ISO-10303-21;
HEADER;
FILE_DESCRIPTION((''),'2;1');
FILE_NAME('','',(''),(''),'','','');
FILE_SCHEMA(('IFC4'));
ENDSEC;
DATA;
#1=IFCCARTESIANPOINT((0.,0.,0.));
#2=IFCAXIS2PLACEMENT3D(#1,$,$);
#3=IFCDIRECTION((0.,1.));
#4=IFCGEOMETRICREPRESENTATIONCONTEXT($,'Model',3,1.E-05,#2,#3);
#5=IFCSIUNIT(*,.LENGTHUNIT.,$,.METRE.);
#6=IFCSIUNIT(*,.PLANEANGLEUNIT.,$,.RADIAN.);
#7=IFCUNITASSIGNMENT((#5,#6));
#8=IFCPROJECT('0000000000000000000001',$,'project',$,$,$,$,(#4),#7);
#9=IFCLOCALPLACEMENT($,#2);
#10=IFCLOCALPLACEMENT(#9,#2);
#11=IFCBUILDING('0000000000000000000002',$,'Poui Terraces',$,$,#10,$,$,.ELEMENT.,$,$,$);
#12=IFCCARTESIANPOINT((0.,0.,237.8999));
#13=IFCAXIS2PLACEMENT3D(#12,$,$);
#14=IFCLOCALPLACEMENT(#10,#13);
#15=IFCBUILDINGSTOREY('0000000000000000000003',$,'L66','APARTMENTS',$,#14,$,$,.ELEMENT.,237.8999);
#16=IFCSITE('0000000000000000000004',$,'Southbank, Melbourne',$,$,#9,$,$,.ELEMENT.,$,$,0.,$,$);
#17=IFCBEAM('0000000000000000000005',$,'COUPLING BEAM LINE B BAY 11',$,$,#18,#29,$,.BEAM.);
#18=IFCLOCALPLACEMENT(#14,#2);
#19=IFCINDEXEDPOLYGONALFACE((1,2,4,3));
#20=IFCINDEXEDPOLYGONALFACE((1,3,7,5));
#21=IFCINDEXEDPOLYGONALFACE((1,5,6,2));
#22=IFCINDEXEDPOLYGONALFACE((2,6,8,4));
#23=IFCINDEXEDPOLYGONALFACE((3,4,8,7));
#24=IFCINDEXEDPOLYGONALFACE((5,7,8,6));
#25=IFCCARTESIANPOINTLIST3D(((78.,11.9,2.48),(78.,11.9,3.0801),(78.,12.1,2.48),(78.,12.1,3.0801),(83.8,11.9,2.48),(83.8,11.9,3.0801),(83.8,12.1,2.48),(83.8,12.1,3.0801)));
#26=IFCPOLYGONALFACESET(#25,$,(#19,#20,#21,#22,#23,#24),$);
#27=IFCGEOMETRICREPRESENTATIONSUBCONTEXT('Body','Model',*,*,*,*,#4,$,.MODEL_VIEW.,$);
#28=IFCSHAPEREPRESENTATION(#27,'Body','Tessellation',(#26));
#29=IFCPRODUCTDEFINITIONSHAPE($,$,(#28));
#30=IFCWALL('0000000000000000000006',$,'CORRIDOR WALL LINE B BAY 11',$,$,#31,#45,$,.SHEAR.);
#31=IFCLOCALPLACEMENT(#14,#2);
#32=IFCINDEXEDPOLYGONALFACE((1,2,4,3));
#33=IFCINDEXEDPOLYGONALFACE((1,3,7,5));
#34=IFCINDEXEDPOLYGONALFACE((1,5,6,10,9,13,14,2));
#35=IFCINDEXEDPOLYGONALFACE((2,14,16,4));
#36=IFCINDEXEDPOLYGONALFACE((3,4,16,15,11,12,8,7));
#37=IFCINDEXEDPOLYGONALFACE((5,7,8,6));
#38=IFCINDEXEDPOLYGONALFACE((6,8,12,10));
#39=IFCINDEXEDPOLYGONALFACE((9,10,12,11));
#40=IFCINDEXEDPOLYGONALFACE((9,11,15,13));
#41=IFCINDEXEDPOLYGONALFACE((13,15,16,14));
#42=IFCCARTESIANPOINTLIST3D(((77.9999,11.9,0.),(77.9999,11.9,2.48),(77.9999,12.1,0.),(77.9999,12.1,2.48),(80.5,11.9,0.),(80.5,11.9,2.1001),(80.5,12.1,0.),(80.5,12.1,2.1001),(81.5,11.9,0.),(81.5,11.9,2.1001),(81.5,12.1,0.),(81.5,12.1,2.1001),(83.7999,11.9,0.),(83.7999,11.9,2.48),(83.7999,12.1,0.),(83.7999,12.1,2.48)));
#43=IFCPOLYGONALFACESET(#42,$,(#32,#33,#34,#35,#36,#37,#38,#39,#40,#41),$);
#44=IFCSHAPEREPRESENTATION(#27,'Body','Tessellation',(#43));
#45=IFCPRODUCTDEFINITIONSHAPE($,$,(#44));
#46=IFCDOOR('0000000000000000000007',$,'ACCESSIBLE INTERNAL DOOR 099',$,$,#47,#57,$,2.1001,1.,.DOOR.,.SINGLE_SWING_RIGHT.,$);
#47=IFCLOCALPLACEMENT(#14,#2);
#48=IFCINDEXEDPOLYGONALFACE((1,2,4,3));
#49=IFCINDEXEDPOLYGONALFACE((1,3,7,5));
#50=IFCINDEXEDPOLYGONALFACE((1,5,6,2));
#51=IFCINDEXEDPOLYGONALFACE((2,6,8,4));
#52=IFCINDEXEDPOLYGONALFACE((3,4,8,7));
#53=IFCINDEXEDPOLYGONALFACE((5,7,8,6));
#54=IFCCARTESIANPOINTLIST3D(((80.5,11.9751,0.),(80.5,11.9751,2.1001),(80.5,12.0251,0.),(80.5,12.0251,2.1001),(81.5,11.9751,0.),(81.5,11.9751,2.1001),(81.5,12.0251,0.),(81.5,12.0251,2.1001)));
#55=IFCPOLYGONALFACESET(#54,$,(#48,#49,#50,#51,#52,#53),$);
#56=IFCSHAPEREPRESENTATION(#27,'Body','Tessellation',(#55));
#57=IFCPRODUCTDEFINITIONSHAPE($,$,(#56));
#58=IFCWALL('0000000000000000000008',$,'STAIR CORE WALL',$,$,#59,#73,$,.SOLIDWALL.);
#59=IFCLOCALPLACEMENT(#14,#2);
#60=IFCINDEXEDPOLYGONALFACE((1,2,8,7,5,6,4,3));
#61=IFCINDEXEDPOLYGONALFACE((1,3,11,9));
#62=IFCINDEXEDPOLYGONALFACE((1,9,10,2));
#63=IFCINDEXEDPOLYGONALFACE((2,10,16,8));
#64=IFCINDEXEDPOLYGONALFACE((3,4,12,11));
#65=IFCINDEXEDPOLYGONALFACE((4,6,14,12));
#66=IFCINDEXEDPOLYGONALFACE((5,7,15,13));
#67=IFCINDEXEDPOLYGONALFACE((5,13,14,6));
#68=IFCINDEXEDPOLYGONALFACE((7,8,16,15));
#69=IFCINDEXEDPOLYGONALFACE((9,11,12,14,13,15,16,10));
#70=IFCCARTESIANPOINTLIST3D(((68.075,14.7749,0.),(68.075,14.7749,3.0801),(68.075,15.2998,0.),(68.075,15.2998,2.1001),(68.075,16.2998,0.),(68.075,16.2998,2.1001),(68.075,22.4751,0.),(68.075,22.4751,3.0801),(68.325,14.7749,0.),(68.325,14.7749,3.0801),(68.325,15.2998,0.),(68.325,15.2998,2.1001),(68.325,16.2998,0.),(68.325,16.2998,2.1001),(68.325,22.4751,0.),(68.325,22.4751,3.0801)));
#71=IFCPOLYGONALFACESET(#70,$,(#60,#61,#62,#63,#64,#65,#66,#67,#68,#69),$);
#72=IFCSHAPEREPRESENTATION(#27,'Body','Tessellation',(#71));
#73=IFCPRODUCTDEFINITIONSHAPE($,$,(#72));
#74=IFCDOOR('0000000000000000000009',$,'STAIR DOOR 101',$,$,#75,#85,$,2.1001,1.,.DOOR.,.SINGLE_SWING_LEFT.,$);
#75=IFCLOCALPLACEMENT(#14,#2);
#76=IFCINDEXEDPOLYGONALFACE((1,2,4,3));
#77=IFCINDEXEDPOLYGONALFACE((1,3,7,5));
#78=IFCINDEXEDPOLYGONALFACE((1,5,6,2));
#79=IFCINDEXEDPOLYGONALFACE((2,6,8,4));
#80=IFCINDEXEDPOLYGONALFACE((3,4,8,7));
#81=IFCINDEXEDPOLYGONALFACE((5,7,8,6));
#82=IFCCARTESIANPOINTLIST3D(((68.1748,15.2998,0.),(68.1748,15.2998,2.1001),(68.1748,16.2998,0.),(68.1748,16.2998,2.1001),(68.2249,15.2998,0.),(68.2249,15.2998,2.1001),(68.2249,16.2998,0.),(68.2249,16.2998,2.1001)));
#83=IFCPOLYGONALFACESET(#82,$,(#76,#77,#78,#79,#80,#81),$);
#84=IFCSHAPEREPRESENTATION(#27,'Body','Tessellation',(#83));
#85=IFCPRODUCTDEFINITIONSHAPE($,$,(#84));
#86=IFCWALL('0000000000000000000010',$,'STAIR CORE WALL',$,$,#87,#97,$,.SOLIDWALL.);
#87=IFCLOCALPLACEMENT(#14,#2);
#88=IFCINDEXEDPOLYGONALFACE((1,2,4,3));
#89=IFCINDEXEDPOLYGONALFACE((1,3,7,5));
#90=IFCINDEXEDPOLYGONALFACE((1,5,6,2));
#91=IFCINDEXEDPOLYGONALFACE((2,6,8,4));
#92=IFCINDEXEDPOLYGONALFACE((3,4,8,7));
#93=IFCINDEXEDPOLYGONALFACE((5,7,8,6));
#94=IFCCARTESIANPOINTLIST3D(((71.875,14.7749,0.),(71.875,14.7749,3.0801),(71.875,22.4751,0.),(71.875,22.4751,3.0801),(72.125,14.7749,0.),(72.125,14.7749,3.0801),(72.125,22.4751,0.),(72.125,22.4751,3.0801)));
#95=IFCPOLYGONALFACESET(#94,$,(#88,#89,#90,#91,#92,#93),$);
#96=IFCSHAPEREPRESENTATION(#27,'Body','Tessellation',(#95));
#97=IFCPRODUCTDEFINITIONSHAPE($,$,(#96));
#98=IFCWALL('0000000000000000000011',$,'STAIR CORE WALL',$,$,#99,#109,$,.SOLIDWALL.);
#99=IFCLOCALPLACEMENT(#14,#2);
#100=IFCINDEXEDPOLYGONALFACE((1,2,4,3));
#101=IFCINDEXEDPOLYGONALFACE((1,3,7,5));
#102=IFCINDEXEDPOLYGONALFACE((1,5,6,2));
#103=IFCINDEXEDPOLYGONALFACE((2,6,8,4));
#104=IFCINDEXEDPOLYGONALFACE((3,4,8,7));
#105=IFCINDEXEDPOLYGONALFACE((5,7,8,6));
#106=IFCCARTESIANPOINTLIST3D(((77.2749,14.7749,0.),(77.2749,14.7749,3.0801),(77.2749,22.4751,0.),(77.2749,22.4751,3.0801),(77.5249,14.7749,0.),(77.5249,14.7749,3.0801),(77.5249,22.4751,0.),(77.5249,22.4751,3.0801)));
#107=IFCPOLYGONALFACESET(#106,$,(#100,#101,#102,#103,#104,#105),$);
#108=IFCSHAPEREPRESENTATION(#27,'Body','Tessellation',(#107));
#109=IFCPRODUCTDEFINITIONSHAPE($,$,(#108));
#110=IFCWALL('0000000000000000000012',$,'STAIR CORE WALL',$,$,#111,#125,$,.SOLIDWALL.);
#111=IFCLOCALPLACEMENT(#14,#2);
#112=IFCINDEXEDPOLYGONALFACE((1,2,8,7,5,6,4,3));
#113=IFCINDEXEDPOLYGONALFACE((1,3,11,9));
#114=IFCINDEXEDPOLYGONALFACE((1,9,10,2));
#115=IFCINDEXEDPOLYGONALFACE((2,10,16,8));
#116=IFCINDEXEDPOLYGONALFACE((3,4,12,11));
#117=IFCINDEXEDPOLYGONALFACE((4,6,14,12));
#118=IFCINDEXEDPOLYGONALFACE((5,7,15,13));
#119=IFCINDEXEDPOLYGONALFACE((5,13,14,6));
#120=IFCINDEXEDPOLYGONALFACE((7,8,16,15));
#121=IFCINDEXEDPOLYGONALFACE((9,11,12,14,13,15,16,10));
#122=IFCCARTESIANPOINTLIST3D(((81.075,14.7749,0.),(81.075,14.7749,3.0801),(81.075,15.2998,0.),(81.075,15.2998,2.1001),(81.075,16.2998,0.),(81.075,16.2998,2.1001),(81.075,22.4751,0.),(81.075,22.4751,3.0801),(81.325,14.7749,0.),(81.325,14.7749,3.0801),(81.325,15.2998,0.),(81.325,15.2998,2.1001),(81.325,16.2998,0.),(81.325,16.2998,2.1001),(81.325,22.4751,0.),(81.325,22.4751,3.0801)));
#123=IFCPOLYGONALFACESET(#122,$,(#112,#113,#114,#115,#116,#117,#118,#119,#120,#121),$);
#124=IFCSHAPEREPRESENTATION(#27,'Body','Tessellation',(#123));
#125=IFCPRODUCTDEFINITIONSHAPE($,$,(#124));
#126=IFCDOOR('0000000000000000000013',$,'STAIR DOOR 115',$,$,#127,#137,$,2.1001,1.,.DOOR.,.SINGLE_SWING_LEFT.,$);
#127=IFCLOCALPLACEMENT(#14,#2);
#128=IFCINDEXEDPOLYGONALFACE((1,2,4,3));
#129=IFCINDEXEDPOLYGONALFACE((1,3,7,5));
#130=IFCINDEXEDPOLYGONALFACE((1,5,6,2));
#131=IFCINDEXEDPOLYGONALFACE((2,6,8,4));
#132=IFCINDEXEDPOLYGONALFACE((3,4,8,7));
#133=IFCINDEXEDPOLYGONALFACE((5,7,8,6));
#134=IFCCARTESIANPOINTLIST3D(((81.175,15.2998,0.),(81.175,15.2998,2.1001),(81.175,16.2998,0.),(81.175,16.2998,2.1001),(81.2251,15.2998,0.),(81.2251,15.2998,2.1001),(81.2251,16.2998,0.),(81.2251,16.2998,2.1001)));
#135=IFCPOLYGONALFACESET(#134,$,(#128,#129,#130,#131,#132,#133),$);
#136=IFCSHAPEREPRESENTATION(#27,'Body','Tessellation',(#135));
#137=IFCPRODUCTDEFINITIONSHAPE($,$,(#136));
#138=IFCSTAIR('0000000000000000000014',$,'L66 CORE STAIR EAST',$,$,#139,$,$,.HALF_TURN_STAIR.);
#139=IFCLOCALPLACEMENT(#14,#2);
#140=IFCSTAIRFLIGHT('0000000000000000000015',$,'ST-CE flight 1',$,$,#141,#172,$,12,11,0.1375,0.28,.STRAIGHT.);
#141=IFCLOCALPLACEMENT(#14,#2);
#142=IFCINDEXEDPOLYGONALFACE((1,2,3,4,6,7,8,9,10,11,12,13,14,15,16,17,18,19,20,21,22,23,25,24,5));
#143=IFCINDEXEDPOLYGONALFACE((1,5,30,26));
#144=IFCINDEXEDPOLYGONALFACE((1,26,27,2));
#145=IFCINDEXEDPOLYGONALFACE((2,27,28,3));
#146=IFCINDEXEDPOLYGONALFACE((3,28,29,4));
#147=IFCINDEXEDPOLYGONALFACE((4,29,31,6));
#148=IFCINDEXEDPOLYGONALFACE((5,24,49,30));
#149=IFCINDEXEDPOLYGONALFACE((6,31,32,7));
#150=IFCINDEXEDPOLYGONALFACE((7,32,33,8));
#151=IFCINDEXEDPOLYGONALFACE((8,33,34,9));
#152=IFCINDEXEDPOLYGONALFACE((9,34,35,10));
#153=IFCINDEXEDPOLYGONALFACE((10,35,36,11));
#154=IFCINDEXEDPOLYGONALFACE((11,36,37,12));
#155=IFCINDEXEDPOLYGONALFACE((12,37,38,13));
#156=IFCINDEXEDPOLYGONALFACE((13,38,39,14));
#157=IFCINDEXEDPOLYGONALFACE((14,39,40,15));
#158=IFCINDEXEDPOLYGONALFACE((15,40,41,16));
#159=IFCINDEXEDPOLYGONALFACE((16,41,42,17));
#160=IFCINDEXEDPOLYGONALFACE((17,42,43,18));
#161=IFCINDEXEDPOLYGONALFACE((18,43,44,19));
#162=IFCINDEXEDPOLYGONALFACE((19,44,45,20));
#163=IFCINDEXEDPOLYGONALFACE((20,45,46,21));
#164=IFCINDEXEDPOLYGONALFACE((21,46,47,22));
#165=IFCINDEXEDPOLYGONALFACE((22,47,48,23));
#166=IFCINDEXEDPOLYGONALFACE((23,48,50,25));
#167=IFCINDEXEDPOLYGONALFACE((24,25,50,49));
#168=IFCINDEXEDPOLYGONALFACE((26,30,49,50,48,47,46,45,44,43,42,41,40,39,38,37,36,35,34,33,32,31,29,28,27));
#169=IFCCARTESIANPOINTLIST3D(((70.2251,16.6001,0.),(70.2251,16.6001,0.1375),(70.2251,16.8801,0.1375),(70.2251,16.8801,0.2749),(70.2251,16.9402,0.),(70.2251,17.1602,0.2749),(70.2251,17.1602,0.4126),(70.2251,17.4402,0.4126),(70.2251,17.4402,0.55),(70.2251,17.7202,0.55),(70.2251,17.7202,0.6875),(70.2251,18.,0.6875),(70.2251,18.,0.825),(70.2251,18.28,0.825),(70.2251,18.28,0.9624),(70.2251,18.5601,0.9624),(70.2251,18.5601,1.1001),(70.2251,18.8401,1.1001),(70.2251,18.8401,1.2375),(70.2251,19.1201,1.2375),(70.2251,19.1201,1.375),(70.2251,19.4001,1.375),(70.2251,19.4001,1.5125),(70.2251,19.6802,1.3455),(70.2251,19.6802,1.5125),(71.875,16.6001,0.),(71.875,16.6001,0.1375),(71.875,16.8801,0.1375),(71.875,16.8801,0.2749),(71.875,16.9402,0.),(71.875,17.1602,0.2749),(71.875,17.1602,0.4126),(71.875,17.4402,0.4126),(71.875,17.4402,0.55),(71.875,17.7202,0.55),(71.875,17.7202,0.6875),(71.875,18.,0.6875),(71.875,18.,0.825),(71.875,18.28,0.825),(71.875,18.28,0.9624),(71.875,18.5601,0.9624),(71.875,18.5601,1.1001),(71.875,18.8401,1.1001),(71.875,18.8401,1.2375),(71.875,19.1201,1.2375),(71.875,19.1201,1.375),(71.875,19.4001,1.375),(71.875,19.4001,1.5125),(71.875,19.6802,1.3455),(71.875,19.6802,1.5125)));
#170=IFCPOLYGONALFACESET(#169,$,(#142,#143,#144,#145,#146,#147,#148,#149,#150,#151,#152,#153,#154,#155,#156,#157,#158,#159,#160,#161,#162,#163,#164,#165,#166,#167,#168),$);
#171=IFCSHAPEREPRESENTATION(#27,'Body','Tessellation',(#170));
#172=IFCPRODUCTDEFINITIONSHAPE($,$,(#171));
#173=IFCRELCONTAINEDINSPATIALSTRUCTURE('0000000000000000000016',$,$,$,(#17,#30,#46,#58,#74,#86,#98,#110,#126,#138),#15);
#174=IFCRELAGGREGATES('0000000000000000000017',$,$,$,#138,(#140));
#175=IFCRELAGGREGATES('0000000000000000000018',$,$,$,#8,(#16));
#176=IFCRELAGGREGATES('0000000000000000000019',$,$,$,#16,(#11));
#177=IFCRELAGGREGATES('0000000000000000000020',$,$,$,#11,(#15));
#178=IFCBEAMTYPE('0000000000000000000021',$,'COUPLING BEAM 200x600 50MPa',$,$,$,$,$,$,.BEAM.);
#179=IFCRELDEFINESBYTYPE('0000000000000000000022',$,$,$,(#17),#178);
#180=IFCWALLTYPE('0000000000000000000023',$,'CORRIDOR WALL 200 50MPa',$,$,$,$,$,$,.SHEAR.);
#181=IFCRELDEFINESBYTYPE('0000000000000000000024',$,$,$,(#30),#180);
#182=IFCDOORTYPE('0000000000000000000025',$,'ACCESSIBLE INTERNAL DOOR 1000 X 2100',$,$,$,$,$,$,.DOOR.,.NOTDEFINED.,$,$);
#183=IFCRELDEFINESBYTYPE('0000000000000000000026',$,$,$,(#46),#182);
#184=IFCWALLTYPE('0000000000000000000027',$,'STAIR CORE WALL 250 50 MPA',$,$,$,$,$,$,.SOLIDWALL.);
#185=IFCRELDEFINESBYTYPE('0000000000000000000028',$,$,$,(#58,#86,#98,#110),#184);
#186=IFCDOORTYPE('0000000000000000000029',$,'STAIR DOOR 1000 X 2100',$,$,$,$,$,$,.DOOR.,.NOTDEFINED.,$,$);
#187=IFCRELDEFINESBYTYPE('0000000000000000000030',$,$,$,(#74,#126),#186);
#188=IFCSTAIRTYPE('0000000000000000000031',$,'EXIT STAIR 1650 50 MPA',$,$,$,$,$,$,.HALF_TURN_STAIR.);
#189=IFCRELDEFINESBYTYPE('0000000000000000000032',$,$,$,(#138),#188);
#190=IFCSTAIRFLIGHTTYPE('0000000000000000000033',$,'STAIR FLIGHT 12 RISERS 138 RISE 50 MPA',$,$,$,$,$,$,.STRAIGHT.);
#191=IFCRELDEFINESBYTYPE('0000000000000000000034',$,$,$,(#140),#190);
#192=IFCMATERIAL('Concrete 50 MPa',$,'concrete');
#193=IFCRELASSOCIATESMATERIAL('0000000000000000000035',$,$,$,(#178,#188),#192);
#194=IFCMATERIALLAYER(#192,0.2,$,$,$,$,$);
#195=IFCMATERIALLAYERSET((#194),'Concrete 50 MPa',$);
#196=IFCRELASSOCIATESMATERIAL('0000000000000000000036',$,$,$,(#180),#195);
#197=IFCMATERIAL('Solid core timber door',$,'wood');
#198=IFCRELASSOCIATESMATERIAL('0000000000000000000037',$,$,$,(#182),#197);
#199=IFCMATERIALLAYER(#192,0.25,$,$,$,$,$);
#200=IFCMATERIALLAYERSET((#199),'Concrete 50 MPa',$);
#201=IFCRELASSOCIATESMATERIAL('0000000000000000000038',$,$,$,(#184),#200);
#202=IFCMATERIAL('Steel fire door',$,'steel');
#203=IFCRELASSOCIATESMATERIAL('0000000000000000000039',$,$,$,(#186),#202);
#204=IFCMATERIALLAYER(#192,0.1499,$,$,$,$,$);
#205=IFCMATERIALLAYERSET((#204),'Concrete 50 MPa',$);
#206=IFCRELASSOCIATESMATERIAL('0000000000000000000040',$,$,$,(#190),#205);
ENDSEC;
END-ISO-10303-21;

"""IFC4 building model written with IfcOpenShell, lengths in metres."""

from ifc_helpers import new_model, si_unit, direction, frame, frame_2d, origin, origin_2d, place, context, subcontext, project, spatial, polyline, rectangle, outline, extrude, source, transform, mapped, material, layer, layer_set, material_profile, profile_set, type_object, element, fill, aggregate, save


model = new_model("IFC4")

# Units and contexts
model_context = context("Model", 3, precision=1e-05, world=origin(), true_north=direction((0.0, 1.0)))
body_context = subcontext(model_context, "Body", "Model", "MODEL_VIEW")
ifc_project = project(units=[si_unit("LENGTHUNIT", "METRE"), si_unit("PLANEANGLEUNIT", "RADIAN")], contexts=[model_context])

# Site, building, storey
site_placement = place(None, origin())
site = spatial("IfcSite", under=ifc_project, at=site_placement, Name="Southbank, Melbourne", CompositionType="ELEMENT", RefElevation=0.0)
building_placement = place(site_placement, origin())
building = spatial("IfcBuilding", under=site, at=building_placement, Name="Poui Terraces", CompositionType="ELEMENT")
storey_placement = place(building_placement, frame((0.0, 0.0, 237.8999)))
storey = spatial("IfcBuildingStorey", under=building, at=storey_placement, Name="L66", Description="APARTMENTS", CompositionType="ELEMENT", Elevation=237.8999)

# Beam
ifc_material_1 = material(Name="Concrete 50 MPa", Category="concrete")
ifc_material_profile = material_profile(ifc_material_1, rectangle(XDim=0.2, YDim=0.6001, at=origin_2d()), Name="RC 200x600")
ifc_profile_set = profile_set([ifc_material_profile], Name="Concrete 50 MPa")
beam_type = type_object("IfcBeamType", Name="COUPLING BEAM 200x600 50MPa", PredefinedType="BEAM", material=ifc_profile_set)
shared_shape = source(origin(), body_context, "Body", "SweptSolid", [
    extrude(rectangle(XDim=0.2, YDim=0.6001, at=origin_2d()), origin(), (0.0, 0.0, 1.0), 5.8),
])
beam_placement = place(storey_placement, frame((78.0, 12.0, 2.78), z_axis=(1.0, 0.0, 0.0), x_axis=(0.0, 1.0, 0.0)))
element("IfcBeam", 1, at=beam_placement, inside=storey, type_object=beam_type, Name="COUPLING BEAM LINE B BAY 11", PredefinedType="BEAM", context=body_context, shape_type="MappedRepresentation", body=[
    mapped(shared_shape, transform((0.0, 0.0, 0.0))),
])

# Walls, openings, doors
ifc_layer_1 = layer(ifc_material_1, 0.2)
ifc_layer_set_1 = layer_set([ifc_layer_1], Name="Concrete 50 MPa")
wall_type_1 = type_object("IfcWallType", Name="CORRIDOR WALL 200 50MPa", PredefinedType="SHEAR", material=ifc_layer_set_1)
wall_1_placement = place(storey_placement, frame((78.0, 12.0, 0.0), z_axis=(0.0, 0.0, 1.0), x_axis=(1.0, 0.0, 0.0)))
wall_1 = element("IfcWall", 2, at=wall_1_placement, inside=storey, type_object=wall_type_1, Name="CORRIDOR WALL LINE B BAY 11", PredefinedType="SHEAR", context=body_context, shape_type="SweptSolid", body=[
    extrude(rectangle(XDim=5.8, YDim=0.2, at=frame_2d((2.8999, 0.0))), origin(), (0.0, 0.0, 1.0), 2.48),
])
opening_1_placement = place(wall_1_placement, frame((2.5, 0.0, 0.0)))
opening_1 = element("IfcOpeningElement", 3, at=opening_1_placement, cuts=wall_1, PredefinedType="OPENING", context=body_context, shape_type="SweptSolid", body=[
    extrude(rectangle(XDim=1.0, YDim=2.1001, at=frame_2d((0.5, 1.05))), frame((0.0, 0.1099, 0.0), z_axis=(0.0, -1.0, 0.0), x_axis=(1.0, 0.0, 0.0)), (0.0, 0.0, 1.0), 0.22),
])
ifc_material_2 = material(Name="Solid core timber door", Category="wood")
door_type_1 = type_object("IfcDoorType", Name="ACCESSIBLE INTERNAL DOOR 1000 X 2100", OperationType="NOTDEFINED", PredefinedType="DOOR", material=ifc_material_2)
door_1_placement = place(opening_1_placement, frame((1.0, 0.0, 0.0), z_axis=(0.0, 0.0, 1.0), x_axis=(-1.0, 0.0, 0.0)))
door_1 = element("IfcDoor", 4, at=door_1_placement, inside=storey, type_object=door_type_1, Name="ACCESSIBLE INTERNAL DOOR 099", OperationType="SINGLE_SWING_RIGHT", OverallHeight=2.1001, OverallWidth=1.0, PredefinedType="DOOR", context=body_context, shape_type="SweptSolid", body=[
    extrude(rectangle(XDim=1.0, YDim=2.1001, at=frame_2d((0.5, 1.05))), frame((0.0, 0.0249, 0.0), z_axis=(0.0, -1.0, 0.0), x_axis=(1.0, 0.0, 0.0)), (0.0, 0.0, 1.0), 0.05),
])
fill(opening_1, door_1)
ifc_layer_2 = layer(ifc_material_1, 0.25)
ifc_layer_set_2 = layer_set([ifc_layer_2], Name="Concrete 50 MPa")
wall_type_2 = type_object("IfcWallType", Name="STAIR CORE WALL 250 50 MPA", PredefinedType="SOLIDWALL", material=ifc_layer_set_2)
wall_2_placement = place(storey_placement, frame((68.2, 14.7749, 0.0), z_axis=(0.0, 0.0, 1.0), x_axis=(0.0, 1.0, 0.0)))
wall_2 = element("IfcWall", 5, at=wall_2_placement, inside=storey, type_object=wall_type_2, Name="STAIR CORE WALL", PredefinedType="SOLIDWALL", context=body_context, shape_type="SweptSolid", body=[
    extrude(rectangle(XDim=7.7002, YDim=0.25, at=frame_2d((3.8501, 0.0))), origin(), (0.0, 0.0, 1.0), 3.0801),
])
opening_2_placement = place(wall_2_placement, frame((0.5249, 0.0, 0.0)))
opening_2 = element("IfcOpeningElement", 6, at=opening_2_placement, cuts=wall_2, PredefinedType="OPENING", context=body_context, shape_type="SweptSolid", body=[
    extrude(rectangle(XDim=1.0, YDim=2.1001, at=frame_2d((0.5, 1.05))), frame((0.0, 0.135, 0.0), z_axis=(0.0, -1.0, 0.0), x_axis=(1.0, 0.0, 0.0)), (0.0, 0.0, 1.0), 0.27),
])
ifc_material_3 = material(Name="Steel fire door", Category="steel")
door_type_2 = type_object("IfcDoorType", Name="STAIR DOOR 1000 X 2100", OperationType="NOTDEFINED", PredefinedType="DOOR", material=ifc_material_3)
door_2_placement = place(opening_2_placement, frame((1.0, 0.0, 0.0), z_axis=(0.0, 0.0, 1.0), x_axis=(-1.0, 0.0, 0.0)))
door_2 = element("IfcDoor", 7, at=door_2_placement, inside=storey, type_object=door_type_2, Name="STAIR DOOR 101", OperationType="SINGLE_SWING_LEFT", OverallHeight=2.1001, OverallWidth=1.0, PredefinedType="DOOR", context=body_context, shape_type="SweptSolid", body=[
    extrude(rectangle(XDim=1.0, YDim=2.1001, at=frame_2d((0.5, 1.05))), frame((0.0, 0.0249, 0.0), z_axis=(0.0, -1.0, 0.0), x_axis=(1.0, 0.0, 0.0)), (0.0, 0.0, 1.0), 0.05),
])
fill(opening_2, door_2)

# Walls
for number, where, z_axis, x_axis, name in (
    (8, (72.0, 14.7749, 0.0), (0.0, 0.0, 1.0), (0.0, 1.0, 0.0), "STAIR CORE WALL"),
    (9, (77.3999, 14.7749, 0.0), (0.0, 0.0, 1.0), (0.0, 1.0, 0.0), "STAIR CORE WALL"),
):
    element("IfcWall", number, at=place(storey_placement, frame(where, z_axis=z_axis, x_axis=x_axis)), inside=storey, type_object=wall_type_2, Name=name, PredefinedType="SOLIDWALL", context=body_context, shape_type="SweptSolid", body=[
        extrude(rectangle(XDim=7.7002, YDim=0.25, at=frame_2d((3.8501, 0.0))), origin(), (0.0, 0.0, 1.0), 3.0801),
    ])

# Wall, opening, door
wall_3_placement = place(storey_placement, frame((81.2, 14.7749, 0.0), z_axis=(0.0, 0.0, 1.0), x_axis=(0.0, 1.0, 0.0)))
wall_3 = element("IfcWall", 10, at=wall_3_placement, inside=storey, type_object=wall_type_2, Name="STAIR CORE WALL", PredefinedType="SOLIDWALL", context=body_context, shape_type="SweptSolid", body=[
    extrude(rectangle(XDim=7.7002, YDim=0.25, at=frame_2d((3.8501, 0.0))), origin(), (0.0, 0.0, 1.0), 3.0801),
])
opening_3_placement = place(wall_3_placement, frame((0.5249, 0.0, 0.0)))
opening_3 = element("IfcOpeningElement", 11, at=opening_3_placement, cuts=wall_3, PredefinedType="OPENING", context=body_context, shape_type="SweptSolid", body=[
    extrude(rectangle(XDim=1.0, YDim=2.1001, at=frame_2d((0.5, 1.05))), frame((0.0, 0.135, 0.0), z_axis=(0.0, -1.0, 0.0), x_axis=(1.0, 0.0, 0.0)), (0.0, 0.0, 1.0), 0.27),
])
door_3_placement = place(opening_3_placement, origin())
door_3 = element("IfcDoor", 12, at=door_3_placement, inside=storey, type_object=door_type_2, Name="STAIR DOOR 115", OperationType="SINGLE_SWING_LEFT", OverallHeight=2.1001, OverallWidth=1.0, PredefinedType="DOOR", context=body_context, shape_type="SweptSolid", body=[
    extrude(rectangle(XDim=1.0, YDim=2.1001, at=frame_2d((0.5, 1.05))), frame((0.0, 0.0249, 0.0), z_axis=(0.0, -1.0, 0.0), x_axis=(1.0, 0.0, 0.0)), (0.0, 0.0, 1.0), 0.05),
])
fill(opening_3, door_3)

# Stair, stair flight
stair_type = type_object("IfcStairType", Name="EXIT STAIR 1650 50 MPA", PredefinedType="HALF_TURN_STAIR", material=ifc_material_1)
stair_1_placement = place(storey_placement, origin())
stair_1 = element("IfcStair", 13, at=stair_1_placement, inside=storey, type_object=stair_type, Name="L66 CORE STAIR EAST", PredefinedType="HALF_TURN_STAIR")
ifc_layer_3 = layer(ifc_material_1, 0.1499)
ifc_layer_set_3 = layer_set([ifc_layer_3], Name="Concrete 50 MPa")
stair_flight_type = type_object("IfcStairFlightType", Name="STAIR FLIGHT 12 RISERS 138 RISE 50 MPA", PredefinedType="STRAIGHT", material=ifc_layer_set_3)
stair_flight_1_placement = place(storey_placement, frame((71.05, 16.6001, 0.0), z_axis=(0.0, 0.0, 1.0), x_axis=(0.0, 1.0, 0.0)))
stair_flight_1 = element("IfcStairFlight", 14, at=stair_flight_1_placement, type_object=stair_flight_type, Name="ST-CE flight 1", NumberOfRisers=12, NumberOfTreads=11, PredefinedType="STRAIGHT", RiserHeight=0.1375, TreadLength=0.28, context=body_context, shape_type="SweptSolid", body=[
    extrude(outline(polyline([(0.0, 0.0), (0.0, 0.1375), (0.28, 0.1375), (0.28, 0.2749), (0.5601, 0.2749), (0.5601, 0.4126), (0.8401, 0.4126), (0.8401, 0.55), (1.1201, 0.55), (1.1201, 0.6875), (1.3999, 0.6875), (1.3999, 0.825), (1.6799, 0.825), (1.6799, 0.9624), (1.96, 0.9624), (1.96, 1.1001), (2.24, 1.1001), (2.24, 1.2375), (2.52, 1.2375), (2.52, 1.375), (2.8, 1.375), (2.8, 1.5125), (3.0801, 1.5125), (3.0801, 1.6499), (3.0801, 1.3455), (0.3401, 0.0), (0.0, 0.0)])), frame((0.0, 0.825, 0.0), z_axis=(0.0, -1.0, 0.0), x_axis=(1.0, 0.0, 0.0)), (0.0, 0.0, 1.0), 1.6499),
])
aggregate(stair_1, [stair_flight_1])

save(model, "model.ifc")
